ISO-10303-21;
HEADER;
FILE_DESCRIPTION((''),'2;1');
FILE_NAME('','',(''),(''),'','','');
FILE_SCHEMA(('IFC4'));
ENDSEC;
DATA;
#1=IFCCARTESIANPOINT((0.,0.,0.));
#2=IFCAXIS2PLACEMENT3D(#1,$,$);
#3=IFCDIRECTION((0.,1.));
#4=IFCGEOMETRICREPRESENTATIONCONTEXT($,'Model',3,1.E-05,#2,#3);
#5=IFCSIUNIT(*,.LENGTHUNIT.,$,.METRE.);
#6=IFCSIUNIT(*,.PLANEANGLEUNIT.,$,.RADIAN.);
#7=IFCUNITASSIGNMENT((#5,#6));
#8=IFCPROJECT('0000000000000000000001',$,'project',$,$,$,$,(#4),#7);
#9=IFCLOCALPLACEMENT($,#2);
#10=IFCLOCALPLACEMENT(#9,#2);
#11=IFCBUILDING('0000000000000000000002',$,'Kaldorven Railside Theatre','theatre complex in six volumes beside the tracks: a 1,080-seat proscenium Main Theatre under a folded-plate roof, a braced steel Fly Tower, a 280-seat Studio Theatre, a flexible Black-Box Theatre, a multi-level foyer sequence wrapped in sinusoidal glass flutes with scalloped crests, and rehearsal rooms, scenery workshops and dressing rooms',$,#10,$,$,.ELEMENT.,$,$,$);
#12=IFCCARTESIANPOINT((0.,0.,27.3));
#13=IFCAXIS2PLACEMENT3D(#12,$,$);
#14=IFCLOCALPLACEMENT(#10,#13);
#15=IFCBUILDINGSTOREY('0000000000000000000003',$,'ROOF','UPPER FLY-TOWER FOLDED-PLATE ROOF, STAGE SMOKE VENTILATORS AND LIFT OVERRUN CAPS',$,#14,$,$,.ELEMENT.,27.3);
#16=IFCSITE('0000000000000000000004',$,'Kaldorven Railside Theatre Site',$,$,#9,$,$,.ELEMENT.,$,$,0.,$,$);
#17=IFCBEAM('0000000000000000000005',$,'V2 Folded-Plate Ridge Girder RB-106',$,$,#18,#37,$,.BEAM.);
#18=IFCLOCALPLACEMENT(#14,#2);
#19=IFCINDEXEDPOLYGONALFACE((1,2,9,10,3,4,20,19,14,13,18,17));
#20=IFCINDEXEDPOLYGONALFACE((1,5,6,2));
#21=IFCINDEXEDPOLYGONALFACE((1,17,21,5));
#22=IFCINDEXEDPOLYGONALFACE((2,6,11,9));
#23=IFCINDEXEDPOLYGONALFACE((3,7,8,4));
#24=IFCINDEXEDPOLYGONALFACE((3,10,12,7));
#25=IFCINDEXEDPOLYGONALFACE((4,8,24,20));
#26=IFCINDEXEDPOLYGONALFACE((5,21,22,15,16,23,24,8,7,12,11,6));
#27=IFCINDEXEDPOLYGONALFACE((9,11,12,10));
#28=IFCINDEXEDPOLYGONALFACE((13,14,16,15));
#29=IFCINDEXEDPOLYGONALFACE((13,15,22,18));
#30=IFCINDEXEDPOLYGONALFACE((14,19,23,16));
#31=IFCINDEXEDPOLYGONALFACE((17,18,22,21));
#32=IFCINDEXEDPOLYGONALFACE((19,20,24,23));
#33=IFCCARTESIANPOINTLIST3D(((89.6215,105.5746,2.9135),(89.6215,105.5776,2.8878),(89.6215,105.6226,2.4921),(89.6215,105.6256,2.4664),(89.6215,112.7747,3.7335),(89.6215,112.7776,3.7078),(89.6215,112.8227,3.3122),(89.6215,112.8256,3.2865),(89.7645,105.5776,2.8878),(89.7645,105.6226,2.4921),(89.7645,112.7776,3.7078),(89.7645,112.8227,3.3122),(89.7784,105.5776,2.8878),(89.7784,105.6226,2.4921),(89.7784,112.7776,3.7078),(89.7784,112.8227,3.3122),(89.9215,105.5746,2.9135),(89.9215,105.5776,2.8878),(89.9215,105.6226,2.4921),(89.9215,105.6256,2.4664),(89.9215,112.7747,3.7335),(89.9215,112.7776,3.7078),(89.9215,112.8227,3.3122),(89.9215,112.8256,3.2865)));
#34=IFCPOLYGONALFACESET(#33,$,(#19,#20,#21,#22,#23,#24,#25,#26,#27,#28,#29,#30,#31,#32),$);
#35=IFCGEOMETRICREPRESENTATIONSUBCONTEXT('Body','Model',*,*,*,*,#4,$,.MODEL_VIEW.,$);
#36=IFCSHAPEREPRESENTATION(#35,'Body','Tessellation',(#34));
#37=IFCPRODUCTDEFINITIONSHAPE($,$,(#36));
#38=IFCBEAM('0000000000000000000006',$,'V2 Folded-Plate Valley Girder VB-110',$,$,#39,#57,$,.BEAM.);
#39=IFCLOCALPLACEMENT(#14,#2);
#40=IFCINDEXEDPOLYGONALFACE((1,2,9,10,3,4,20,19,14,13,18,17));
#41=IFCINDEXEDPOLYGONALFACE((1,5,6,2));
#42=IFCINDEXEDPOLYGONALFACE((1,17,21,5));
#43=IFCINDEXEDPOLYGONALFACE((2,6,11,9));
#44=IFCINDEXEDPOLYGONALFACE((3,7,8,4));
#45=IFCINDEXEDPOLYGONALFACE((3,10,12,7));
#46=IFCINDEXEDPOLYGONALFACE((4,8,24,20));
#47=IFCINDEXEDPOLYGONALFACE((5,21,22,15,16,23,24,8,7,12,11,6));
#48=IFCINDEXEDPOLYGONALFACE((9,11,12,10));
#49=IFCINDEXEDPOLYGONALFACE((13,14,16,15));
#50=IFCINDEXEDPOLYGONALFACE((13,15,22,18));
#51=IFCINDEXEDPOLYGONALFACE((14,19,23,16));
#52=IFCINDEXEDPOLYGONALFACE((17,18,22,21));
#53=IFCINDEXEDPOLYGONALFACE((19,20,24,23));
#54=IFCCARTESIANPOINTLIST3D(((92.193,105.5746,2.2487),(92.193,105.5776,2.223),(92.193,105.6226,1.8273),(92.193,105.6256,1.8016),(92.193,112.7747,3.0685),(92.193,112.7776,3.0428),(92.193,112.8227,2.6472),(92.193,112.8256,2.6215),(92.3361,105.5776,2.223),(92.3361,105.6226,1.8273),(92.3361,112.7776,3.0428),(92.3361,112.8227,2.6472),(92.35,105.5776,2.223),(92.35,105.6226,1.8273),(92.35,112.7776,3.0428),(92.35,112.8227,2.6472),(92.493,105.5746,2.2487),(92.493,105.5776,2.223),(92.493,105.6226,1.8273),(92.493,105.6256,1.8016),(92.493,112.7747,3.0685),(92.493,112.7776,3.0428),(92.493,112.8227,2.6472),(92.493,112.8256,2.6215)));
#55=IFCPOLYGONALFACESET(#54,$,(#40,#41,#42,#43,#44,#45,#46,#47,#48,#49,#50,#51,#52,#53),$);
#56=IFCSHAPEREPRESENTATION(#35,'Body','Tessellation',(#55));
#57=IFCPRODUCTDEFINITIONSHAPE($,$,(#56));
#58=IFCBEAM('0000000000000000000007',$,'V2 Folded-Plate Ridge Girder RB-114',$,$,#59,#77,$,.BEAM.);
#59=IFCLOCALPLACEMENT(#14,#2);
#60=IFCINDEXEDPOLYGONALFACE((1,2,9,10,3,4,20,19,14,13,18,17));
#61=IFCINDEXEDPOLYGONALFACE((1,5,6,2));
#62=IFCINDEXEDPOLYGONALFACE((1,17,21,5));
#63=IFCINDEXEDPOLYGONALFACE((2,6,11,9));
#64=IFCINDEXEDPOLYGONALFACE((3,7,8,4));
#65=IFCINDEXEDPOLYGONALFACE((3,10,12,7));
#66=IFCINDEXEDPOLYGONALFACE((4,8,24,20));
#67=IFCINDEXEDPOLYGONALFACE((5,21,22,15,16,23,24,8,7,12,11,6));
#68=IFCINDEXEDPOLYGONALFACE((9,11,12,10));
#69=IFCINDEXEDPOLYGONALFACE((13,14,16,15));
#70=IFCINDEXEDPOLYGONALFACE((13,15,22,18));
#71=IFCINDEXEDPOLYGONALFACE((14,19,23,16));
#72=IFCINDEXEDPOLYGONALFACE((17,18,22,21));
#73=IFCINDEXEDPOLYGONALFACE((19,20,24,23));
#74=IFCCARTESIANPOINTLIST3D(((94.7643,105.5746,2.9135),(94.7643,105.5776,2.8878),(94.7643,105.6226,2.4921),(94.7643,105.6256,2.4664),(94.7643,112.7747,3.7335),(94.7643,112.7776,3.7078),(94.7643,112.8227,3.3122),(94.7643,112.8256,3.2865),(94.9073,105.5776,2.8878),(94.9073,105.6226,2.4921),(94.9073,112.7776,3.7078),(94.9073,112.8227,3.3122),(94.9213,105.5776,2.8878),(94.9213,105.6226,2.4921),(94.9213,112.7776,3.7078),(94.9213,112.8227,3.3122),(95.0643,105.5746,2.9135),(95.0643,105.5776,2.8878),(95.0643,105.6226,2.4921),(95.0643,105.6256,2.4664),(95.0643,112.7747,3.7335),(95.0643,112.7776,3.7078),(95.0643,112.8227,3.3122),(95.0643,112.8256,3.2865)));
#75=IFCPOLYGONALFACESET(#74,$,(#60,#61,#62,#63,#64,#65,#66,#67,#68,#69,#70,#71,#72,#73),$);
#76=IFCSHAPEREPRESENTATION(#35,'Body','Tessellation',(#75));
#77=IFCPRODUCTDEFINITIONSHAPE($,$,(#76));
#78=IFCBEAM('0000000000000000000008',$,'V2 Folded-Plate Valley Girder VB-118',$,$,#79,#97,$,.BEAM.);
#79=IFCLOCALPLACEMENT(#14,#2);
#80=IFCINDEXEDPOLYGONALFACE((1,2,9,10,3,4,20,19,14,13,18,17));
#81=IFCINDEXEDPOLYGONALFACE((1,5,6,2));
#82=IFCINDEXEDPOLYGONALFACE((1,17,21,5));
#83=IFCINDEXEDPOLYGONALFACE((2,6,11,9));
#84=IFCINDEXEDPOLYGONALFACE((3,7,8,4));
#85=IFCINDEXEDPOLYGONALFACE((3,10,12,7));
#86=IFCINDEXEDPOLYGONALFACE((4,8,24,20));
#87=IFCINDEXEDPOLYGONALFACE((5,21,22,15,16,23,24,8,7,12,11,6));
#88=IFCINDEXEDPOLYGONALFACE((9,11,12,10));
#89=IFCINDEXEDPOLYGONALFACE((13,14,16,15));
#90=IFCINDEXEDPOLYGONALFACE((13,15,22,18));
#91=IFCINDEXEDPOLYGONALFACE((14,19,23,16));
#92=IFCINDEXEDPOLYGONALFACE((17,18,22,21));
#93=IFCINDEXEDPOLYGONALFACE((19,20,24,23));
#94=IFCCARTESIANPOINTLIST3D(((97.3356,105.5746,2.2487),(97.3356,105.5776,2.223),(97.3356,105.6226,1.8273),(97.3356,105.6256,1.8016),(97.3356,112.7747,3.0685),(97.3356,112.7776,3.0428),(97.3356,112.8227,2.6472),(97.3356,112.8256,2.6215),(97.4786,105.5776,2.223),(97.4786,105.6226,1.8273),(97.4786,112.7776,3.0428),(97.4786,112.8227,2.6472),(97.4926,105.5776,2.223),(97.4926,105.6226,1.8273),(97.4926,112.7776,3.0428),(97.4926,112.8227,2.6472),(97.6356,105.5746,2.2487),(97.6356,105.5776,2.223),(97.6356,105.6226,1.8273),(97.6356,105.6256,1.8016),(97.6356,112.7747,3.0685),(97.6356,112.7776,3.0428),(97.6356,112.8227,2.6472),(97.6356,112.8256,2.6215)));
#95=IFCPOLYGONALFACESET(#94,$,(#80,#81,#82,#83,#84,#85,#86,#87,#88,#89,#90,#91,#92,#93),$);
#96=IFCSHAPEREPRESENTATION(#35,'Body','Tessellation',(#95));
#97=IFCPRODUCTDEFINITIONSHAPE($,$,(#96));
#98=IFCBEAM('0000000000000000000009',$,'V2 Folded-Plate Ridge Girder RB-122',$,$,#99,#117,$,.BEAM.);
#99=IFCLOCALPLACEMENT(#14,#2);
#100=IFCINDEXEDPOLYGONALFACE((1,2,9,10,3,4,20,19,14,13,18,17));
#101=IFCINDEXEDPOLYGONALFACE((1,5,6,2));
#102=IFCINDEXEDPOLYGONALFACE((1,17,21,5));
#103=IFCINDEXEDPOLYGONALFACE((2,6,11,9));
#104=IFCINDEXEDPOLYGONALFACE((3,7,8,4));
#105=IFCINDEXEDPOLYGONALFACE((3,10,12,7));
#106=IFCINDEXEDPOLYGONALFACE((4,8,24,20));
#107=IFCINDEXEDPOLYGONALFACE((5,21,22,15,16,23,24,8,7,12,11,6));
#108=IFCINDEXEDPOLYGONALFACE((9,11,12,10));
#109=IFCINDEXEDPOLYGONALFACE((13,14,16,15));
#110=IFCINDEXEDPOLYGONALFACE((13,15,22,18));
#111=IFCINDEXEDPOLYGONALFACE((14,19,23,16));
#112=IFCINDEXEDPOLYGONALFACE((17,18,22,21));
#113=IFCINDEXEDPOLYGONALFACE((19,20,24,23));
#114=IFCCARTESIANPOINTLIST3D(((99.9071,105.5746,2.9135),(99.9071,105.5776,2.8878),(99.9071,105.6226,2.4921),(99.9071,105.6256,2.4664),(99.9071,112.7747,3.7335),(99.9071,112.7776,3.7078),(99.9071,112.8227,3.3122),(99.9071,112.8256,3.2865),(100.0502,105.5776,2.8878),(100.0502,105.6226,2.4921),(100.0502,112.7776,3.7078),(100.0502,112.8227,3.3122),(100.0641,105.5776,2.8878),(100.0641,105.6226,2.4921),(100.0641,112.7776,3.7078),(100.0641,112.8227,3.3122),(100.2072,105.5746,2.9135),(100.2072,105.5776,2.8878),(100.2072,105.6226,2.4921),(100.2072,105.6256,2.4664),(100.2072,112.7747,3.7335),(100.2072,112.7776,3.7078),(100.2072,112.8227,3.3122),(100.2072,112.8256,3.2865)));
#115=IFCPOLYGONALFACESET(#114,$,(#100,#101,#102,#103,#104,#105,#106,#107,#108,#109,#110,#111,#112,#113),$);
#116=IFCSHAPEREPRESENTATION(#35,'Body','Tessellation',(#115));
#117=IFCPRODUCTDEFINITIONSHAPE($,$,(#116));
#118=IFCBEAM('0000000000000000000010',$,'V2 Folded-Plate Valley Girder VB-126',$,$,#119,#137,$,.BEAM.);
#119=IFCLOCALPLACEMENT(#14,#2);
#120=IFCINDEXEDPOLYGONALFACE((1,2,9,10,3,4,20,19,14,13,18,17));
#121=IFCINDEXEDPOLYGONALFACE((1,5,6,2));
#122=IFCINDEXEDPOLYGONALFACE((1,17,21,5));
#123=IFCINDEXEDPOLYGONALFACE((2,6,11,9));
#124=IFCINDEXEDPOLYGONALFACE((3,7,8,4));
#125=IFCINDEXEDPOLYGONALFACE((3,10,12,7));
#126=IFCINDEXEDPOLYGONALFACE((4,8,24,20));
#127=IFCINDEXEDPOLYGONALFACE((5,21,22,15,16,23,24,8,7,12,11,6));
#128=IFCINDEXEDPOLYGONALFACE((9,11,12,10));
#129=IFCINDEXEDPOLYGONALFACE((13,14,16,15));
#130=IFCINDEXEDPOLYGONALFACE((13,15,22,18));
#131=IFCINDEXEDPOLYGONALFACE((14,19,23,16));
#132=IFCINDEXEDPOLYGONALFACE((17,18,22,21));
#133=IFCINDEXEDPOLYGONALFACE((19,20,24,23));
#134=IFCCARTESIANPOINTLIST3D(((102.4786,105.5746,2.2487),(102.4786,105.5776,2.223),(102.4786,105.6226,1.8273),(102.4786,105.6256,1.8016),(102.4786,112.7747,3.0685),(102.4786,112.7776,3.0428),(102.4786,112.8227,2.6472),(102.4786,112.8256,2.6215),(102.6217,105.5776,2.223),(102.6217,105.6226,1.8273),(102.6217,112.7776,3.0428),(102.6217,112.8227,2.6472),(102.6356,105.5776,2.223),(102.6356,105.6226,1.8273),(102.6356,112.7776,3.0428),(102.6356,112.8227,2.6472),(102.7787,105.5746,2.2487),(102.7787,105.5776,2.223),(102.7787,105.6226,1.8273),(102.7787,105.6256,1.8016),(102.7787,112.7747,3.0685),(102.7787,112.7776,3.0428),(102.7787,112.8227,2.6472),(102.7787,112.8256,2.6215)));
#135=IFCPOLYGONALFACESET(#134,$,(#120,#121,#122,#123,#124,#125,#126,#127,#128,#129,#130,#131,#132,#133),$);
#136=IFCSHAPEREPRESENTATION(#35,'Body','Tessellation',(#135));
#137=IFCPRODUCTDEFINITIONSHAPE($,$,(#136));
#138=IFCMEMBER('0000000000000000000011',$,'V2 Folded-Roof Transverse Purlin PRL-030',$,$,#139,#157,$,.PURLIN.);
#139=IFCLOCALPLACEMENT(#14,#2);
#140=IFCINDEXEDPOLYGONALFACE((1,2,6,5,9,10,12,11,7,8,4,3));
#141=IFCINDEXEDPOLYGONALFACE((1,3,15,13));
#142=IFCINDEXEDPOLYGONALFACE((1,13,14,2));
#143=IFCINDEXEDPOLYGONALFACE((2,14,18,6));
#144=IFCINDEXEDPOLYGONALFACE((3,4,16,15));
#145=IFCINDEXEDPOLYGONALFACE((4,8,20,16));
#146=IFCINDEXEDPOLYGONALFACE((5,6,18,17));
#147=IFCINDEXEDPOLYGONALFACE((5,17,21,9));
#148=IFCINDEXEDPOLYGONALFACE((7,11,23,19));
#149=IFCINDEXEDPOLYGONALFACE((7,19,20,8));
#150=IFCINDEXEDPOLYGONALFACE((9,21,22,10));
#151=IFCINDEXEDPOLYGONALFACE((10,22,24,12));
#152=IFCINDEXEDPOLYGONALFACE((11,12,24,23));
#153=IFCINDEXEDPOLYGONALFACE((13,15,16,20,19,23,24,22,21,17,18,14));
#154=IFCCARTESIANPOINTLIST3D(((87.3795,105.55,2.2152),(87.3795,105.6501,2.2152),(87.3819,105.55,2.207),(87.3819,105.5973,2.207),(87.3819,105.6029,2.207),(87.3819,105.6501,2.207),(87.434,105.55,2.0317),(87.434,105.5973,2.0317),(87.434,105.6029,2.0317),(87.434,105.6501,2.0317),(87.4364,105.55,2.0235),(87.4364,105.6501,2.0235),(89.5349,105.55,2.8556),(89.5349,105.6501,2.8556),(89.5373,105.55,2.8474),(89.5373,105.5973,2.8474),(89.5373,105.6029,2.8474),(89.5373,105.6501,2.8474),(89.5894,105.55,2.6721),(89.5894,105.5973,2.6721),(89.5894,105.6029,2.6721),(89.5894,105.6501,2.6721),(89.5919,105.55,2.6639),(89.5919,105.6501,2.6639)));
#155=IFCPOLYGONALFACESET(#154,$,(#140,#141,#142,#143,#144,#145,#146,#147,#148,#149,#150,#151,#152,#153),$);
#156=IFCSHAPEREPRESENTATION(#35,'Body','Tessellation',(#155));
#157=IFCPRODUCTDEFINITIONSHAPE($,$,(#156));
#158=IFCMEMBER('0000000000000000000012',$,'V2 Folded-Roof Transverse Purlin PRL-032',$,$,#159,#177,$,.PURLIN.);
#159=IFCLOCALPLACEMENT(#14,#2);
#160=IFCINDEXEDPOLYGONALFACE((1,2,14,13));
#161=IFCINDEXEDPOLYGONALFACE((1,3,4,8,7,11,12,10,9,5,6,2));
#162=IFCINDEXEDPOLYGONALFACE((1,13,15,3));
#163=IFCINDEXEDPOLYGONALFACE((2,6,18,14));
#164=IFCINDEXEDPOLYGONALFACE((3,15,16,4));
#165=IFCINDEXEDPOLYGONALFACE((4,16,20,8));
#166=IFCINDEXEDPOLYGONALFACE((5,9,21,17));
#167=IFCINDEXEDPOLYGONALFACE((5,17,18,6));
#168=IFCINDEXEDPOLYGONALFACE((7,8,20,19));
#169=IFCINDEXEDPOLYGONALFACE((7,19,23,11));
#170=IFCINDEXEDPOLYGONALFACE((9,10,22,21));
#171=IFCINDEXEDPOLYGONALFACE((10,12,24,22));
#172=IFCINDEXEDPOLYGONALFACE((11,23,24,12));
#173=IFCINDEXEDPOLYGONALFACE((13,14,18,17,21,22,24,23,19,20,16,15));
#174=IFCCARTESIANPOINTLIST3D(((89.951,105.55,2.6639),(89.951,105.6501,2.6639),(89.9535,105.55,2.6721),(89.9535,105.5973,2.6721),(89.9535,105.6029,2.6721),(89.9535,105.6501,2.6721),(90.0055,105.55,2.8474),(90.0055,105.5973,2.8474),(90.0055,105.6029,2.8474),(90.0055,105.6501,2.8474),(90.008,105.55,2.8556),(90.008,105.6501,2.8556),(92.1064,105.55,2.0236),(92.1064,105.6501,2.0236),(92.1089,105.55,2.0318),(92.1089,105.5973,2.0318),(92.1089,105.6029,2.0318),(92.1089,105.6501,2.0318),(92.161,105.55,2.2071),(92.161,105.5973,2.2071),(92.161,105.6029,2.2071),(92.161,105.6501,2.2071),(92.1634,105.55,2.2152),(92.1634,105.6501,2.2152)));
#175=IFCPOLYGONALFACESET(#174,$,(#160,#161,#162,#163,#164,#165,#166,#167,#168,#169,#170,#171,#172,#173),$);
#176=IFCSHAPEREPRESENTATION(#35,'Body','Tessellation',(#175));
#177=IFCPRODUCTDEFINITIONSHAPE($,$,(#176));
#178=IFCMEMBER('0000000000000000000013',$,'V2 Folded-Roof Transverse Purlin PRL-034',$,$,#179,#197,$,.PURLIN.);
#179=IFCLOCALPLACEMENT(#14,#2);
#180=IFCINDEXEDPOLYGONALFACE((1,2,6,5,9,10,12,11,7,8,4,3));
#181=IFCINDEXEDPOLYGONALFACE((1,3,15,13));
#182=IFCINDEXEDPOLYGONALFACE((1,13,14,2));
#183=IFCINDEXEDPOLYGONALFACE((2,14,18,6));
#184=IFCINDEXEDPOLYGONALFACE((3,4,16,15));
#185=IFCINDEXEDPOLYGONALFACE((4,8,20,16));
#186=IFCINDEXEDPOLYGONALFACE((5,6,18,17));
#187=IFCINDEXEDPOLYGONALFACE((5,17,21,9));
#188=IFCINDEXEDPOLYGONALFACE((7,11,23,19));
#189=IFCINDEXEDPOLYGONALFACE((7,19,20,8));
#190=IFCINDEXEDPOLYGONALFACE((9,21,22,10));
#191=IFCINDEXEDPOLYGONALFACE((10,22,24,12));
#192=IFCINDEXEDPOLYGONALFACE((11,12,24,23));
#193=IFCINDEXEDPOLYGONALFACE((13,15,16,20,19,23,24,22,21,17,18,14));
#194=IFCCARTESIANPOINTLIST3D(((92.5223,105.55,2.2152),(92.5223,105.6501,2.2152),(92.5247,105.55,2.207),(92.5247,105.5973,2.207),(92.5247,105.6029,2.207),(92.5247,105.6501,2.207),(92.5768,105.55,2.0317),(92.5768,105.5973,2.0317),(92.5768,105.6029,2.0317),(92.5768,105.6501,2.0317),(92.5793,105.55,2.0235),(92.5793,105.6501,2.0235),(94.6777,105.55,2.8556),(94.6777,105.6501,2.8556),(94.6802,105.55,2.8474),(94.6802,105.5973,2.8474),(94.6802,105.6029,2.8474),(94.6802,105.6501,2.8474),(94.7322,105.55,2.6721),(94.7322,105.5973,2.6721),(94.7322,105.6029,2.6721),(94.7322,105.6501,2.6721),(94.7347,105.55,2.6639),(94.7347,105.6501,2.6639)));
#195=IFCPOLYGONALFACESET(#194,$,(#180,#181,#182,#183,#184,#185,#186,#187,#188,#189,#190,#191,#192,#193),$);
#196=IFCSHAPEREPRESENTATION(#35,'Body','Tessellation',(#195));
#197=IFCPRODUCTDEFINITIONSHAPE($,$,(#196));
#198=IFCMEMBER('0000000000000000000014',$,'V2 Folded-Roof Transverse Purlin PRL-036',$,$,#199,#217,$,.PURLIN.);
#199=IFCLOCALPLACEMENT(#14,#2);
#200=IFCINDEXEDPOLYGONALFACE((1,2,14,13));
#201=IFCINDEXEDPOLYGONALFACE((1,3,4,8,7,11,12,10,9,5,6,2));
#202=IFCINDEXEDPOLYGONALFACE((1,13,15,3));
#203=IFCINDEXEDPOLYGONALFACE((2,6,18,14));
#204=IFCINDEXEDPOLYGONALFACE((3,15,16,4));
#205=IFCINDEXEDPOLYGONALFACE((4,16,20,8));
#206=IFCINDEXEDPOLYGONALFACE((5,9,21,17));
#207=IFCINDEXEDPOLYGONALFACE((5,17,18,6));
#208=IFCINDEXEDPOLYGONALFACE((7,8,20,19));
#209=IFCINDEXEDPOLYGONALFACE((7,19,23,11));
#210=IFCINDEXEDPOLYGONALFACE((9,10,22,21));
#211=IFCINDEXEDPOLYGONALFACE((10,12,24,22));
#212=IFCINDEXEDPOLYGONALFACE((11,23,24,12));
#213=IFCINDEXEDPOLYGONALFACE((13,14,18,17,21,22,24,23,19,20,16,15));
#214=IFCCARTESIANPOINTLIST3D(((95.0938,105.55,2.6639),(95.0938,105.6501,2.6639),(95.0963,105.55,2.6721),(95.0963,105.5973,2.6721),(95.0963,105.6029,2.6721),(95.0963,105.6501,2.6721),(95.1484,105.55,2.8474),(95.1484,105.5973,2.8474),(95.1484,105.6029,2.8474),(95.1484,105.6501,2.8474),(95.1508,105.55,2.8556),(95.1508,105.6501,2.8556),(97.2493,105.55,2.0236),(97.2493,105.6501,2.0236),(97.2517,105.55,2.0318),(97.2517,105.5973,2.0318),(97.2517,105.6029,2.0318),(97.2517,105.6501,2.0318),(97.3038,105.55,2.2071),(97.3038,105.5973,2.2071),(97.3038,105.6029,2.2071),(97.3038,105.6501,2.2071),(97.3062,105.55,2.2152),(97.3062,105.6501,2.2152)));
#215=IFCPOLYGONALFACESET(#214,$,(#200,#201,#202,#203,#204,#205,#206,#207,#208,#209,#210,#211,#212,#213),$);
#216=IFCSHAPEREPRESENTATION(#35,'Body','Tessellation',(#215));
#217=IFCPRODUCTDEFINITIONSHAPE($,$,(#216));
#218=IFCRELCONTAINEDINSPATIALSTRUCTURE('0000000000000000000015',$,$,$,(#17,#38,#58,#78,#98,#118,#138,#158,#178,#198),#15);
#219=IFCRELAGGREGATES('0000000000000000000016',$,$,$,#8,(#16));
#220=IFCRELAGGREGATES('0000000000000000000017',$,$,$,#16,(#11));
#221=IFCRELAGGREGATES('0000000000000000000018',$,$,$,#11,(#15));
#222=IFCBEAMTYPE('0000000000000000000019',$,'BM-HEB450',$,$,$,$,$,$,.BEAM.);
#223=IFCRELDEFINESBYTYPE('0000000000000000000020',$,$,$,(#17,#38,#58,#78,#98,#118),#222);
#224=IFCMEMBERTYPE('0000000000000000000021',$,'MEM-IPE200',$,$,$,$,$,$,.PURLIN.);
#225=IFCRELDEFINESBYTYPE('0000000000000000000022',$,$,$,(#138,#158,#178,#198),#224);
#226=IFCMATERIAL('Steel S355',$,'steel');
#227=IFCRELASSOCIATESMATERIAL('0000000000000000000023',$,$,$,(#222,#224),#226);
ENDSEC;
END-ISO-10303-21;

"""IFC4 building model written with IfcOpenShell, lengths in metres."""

from ifc_helpers import new_model, si_unit, direction, frame, origin, origin_2d, place, context, subcontext, project, spatial, i_section, extrude, material, material_profile, profile_set, type_object, element, save


model = new_model("IFC4")

# Units and contexts
model_context = context("Model", 3, precision=1e-05, world=origin(), true_north=direction((0.0, 1.0)))
body_context = subcontext(model_context, "Body", "Model", "MODEL_VIEW")
ifc_project = project(units=[si_unit("LENGTHUNIT", "METRE"), si_unit("PLANEANGLEUNIT", "RADIAN")], contexts=[model_context])

# Site, building, storey
site_placement = place(None, origin())
site = spatial("IfcSite", under=ifc_project, at=site_placement, Name="Kaldorven Railside Theatre Site", CompositionType="ELEMENT", RefElevation=0.0)
building_placement = place(site_placement, origin())
building = spatial("IfcBuilding", under=site, at=building_placement, Name="Kaldorven Railside Theatre", Description="theatre complex in six volumes beside the tracks: a 1,080-seat proscenium Main Theatre under a folded-plate roof, a braced steel Fly Tower, a 280-seat Studio Theatre, a flexible Black-Box Theatre, a multi-level foyer sequence wrapped in sinusoidal glass flutes with scalloped crests, and rehearsal rooms, scenery workshops and dressing rooms", CompositionType="ELEMENT")
storey_placement = place(building_placement, frame((0.0, 0.0, 27.3)))
storey = spatial("IfcBuildingStorey", under=building, at=storey_placement, Name="ROOF", Description="UPPER FLY-TOWER FOLDED-PLATE ROOF, STAGE SMOKE VENTILATORS AND LIFT OVERRUN CAPS", CompositionType="ELEMENT", Elevation=27.3)

# Beams
ifc_material = material(Name="Steel S355", Category="steel")
ifc_material_profile_1 = material_profile(ifc_material, i_section(OverallWidth=0.3, OverallDepth=0.45, WebThickness=0.0139, FlangeThickness=0.0259, at=origin_2d()), Name="HEB 450")
ifc_profile_set_1 = profile_set([ifc_material_profile_1], Name="Steel S355")
beam_type = type_object("IfcBeamType", Name="BM-HEB450", PredefinedType="BEAM", material=ifc_profile_set_1)
for number, where, z_axis, x_axis, name in (
    (1, (89.7715, 105.6001, 2.6899), (0.0, 0.993576, 0.113167), (-1.0, 0.0, 0.0), "V2 Folded-Plate Ridge Girder RB-106"),
    (2, (92.343, 105.6001, 2.0251), (0.0, 0.99358, 0.113134), (-1.0, 0.0, 0.0), "V2 Folded-Plate Valley Girder VB-110"),
    (3, (94.9143, 105.6001, 2.6899), (0.0, 0.993576, 0.113167), (-1.0, 0.0, 0.0), "V2 Folded-Plate Ridge Girder RB-114"),
    (4, (97.4856, 105.6001, 2.0251), (0.0, 0.99358, 0.113134), (-1.0, 0.0, 0.0), "V2 Folded-Plate Valley Girder VB-118"),
    (5, (100.0571, 105.6001, 2.6899), (0.0, 0.993576, 0.113167), (-1.0, 0.0, 0.0), "V2 Folded-Plate Ridge Girder RB-122"),
    (6, (102.6287, 105.6001, 2.0251), (0.0, 0.99358, 0.113134), (-1.0, 0.0, 0.0), "V2 Folded-Plate Valley Girder VB-126"),
):
    element("IfcBeam", number, at=place(storey_placement, frame(where, z_axis=z_axis, x_axis=x_axis)), inside=storey, type_object=beam_type, Name=name, PredefinedType="BEAM", context=body_context, shape_type="SweptSolid", body=[
        extrude(i_section(OverallWidth=0.3, OverallDepth=0.45, WebThickness=0.0139, FlangeThickness=0.0259, at=origin_2d()), origin(), (0.0, 0.0, 1.0), 7.2466),
    ])

# Members
ifc_material_profile_2 = material_profile(ifc_material, i_section(OverallWidth=0.1001, OverallDepth=0.2, WebThickness=0.0056, FlangeThickness=0.0085, at=origin_2d()), Name="IPE 200")
ifc_profile_set_2 = profile_set([ifc_material_profile_2], Name="Steel S355")
member_type_1 = type_object("IfcMemberType", Name="MEM-IPE200", PredefinedType="PURLIN", material=ifc_profile_set_2)
for number, where, z_axis, x_axis, name in (
    (7, (87.408, 105.6001, 2.1194), (0.958591, 0.0, 0.284787), (0.0, 1.0, 0.0), "V2 Folded-Roof Transverse Purlin PRL-030"),
    (8, (89.9795, 105.6001, 2.7598), (0.958591, 0.0, -0.284787), (0.0, 1.0, 0.0), "V2 Folded-Roof Transverse Purlin PRL-032"),
    (9, (92.5508, 105.6001, 2.1194), (0.958591, 0.0, 0.284787), (0.0, 1.0, 0.0), "V2 Folded-Roof Transverse Purlin PRL-034"),
    (10, (95.1223, 105.6001, 2.7598), (0.958591, 0.0, -0.284787), (0.0, 1.0, 0.0), "V2 Folded-Roof Transverse Purlin PRL-036"),
):
    element("IfcMember", number, at=place(storey_placement, frame(where, z_axis=z_axis, x_axis=x_axis)), inside=storey, type_object=member_type_1, Name=name, PredefinedType="PURLIN", context=body_context, shape_type="SweptSolid", body=[
        extrude(i_section(OverallWidth=0.1001, OverallDepth=0.2, WebThickness=0.0056, FlangeThickness=0.0085, at=origin_2d()), origin(), (0.0, 0.0, 1.0), 2.2485),
    ])

save(model, "model.ifc")
